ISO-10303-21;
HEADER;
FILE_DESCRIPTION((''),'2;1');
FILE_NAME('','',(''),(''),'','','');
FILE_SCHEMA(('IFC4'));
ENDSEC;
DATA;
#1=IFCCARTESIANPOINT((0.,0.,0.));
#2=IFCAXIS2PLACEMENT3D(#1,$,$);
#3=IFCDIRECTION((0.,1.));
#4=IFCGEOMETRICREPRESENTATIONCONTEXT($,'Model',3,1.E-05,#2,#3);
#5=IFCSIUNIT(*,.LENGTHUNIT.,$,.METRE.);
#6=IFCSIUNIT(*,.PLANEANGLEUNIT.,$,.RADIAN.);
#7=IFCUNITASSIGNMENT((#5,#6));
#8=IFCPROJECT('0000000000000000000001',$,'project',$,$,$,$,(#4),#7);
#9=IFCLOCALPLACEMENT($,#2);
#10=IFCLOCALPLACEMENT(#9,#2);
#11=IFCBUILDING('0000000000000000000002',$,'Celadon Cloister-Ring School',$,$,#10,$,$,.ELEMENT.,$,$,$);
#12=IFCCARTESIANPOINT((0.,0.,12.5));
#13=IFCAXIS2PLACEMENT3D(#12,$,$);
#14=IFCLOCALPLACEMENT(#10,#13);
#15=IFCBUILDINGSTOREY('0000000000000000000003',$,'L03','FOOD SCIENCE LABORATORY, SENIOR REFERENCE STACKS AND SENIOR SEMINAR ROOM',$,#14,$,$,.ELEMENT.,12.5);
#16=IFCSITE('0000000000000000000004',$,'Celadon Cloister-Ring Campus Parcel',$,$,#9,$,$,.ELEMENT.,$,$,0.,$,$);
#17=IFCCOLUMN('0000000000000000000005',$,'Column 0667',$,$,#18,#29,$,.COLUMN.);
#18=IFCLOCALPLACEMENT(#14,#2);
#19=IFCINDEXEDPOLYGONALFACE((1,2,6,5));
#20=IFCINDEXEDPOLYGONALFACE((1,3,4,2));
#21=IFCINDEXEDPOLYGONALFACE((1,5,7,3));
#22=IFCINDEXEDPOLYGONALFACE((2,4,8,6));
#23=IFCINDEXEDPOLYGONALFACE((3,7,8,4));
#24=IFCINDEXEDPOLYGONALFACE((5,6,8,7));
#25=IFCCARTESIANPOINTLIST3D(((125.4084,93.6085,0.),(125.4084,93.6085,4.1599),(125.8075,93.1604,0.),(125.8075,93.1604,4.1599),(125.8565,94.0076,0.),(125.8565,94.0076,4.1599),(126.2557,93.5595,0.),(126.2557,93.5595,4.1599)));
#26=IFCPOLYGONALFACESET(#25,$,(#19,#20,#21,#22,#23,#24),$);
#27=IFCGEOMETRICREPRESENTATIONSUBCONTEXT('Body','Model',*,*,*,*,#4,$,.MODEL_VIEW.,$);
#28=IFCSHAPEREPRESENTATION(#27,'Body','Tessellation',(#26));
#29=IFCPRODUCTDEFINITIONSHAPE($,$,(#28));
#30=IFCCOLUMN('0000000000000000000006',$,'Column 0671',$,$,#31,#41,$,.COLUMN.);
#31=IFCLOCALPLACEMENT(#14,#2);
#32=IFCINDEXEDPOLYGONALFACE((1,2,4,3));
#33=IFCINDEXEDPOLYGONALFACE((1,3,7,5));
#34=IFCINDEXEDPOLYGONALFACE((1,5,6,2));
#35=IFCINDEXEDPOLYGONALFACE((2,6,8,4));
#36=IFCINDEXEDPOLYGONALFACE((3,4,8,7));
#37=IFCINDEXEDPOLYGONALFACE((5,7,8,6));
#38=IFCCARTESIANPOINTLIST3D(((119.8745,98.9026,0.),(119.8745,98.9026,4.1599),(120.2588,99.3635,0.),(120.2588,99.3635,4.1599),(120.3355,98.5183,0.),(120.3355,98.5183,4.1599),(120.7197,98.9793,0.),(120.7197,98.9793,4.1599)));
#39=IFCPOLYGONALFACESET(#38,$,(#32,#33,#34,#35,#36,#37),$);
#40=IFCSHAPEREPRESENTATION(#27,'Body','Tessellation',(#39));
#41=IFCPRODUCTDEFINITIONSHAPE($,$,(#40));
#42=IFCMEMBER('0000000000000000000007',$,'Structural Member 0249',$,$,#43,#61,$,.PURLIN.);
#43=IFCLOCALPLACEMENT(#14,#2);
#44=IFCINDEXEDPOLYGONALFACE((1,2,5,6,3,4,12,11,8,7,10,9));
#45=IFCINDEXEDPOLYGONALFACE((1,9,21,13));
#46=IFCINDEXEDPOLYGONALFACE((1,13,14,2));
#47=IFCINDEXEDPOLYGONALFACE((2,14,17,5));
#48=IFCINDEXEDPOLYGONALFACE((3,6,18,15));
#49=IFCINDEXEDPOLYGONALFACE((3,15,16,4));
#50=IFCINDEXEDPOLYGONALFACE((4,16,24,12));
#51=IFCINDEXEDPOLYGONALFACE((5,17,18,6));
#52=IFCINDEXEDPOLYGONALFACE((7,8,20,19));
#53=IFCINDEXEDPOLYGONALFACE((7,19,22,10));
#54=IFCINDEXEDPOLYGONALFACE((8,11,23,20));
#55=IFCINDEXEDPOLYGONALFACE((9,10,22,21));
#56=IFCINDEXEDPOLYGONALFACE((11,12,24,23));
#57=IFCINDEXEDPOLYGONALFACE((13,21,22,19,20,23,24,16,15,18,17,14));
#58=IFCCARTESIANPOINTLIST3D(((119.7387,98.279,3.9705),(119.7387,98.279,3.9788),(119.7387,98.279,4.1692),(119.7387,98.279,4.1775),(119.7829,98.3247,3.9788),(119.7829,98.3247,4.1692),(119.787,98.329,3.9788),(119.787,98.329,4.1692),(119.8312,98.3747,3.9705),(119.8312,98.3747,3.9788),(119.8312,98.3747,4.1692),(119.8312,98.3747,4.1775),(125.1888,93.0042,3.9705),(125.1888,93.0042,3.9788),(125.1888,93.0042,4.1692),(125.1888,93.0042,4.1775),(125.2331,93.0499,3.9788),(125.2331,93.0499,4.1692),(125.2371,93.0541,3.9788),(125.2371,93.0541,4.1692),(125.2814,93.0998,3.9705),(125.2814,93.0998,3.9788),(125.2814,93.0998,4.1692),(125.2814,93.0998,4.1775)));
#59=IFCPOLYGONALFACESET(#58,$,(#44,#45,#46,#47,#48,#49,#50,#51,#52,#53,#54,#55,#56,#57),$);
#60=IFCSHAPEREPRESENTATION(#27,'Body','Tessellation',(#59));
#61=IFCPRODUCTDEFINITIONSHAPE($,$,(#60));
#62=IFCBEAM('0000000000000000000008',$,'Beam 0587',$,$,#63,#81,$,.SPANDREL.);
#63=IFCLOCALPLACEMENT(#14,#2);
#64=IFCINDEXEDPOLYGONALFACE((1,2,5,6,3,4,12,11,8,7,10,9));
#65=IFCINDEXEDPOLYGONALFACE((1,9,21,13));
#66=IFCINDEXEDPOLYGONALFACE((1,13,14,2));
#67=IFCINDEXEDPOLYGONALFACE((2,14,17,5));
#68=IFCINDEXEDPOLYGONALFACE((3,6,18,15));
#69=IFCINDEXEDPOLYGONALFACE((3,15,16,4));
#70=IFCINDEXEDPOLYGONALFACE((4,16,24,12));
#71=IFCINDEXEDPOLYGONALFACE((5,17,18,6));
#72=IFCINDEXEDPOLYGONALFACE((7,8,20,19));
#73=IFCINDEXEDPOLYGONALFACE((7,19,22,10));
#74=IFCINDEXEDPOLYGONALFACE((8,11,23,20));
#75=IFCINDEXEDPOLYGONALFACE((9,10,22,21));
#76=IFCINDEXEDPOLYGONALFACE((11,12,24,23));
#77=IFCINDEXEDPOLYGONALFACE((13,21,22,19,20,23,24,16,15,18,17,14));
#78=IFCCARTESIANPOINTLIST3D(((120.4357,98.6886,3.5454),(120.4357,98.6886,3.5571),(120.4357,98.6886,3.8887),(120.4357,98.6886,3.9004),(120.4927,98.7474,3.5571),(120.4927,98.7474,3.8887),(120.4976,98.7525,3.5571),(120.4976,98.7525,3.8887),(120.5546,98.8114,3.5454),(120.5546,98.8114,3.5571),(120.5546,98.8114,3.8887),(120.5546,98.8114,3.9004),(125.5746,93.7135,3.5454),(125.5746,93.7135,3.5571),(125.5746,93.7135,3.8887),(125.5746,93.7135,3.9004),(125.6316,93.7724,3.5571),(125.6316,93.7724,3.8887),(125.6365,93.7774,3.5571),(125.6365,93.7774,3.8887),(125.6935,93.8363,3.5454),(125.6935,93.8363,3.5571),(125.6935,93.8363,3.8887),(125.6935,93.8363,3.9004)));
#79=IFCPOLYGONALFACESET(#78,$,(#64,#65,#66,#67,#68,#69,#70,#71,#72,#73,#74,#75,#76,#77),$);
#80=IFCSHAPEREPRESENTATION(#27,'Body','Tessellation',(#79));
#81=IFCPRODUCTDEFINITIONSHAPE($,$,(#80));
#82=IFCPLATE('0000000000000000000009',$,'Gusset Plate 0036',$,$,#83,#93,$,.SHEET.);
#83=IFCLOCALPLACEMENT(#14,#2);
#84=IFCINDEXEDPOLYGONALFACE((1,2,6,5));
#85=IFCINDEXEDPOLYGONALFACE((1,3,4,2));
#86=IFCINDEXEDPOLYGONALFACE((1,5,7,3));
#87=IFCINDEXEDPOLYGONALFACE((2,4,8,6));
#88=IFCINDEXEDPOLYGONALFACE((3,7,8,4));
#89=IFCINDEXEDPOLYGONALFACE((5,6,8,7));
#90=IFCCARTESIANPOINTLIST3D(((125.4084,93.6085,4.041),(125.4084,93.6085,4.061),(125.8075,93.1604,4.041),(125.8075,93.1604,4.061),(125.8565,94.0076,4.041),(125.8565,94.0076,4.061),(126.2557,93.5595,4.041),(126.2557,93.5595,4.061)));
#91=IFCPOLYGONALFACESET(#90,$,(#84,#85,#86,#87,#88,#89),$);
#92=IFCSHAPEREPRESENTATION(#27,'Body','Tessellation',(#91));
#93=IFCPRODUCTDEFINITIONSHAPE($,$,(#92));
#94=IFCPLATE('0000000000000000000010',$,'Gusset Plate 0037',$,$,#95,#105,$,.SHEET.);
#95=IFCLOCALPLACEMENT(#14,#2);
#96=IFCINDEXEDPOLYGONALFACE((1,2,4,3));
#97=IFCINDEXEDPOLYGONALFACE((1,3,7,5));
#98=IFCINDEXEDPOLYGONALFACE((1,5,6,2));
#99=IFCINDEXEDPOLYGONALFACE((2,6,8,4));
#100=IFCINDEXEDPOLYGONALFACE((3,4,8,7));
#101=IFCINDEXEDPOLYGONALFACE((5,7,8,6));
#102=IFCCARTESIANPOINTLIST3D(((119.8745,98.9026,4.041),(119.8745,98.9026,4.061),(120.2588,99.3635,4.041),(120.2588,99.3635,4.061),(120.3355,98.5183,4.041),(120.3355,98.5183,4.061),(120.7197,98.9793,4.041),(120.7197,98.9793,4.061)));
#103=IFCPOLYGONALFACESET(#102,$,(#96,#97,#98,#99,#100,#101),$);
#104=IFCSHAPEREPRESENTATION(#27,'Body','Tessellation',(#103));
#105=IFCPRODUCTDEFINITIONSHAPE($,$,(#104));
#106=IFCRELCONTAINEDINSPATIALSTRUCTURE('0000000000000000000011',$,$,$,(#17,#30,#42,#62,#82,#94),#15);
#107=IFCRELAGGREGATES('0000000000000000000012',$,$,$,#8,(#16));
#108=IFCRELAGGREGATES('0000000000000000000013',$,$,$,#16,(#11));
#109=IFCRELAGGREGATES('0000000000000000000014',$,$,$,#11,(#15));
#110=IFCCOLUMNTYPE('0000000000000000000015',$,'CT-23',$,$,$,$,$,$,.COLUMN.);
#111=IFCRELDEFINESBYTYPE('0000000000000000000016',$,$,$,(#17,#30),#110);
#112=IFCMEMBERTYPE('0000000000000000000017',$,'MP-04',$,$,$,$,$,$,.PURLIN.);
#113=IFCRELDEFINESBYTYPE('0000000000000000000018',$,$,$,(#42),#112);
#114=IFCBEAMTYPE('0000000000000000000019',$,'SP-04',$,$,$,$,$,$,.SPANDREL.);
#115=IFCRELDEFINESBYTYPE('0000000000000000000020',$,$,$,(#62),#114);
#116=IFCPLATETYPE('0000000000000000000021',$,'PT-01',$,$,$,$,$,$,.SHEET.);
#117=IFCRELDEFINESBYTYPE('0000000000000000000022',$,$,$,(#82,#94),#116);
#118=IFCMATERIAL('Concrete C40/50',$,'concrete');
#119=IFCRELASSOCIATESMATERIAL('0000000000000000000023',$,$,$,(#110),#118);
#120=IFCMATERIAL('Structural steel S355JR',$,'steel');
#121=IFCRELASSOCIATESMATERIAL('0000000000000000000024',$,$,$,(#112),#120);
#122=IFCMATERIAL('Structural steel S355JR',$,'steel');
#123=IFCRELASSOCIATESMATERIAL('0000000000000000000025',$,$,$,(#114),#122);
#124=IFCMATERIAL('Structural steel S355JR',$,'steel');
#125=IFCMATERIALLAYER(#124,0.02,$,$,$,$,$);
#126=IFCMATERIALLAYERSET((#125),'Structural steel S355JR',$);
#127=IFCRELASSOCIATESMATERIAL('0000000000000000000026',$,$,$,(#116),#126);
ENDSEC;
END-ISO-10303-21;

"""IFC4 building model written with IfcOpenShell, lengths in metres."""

from ifc_helpers import new_model, si_unit, direction, frame, origin, origin_2d, place, context, subcontext, project, spatial, rectangle, i_section, extrude, material, layer, layer_set, material_profile, profile_set, type_object, element, save


model = new_model("IFC4")

# Units and contexts
model_context = context("Model", 3, precision=1e-05, world=origin(), true_north=direction((0.0, 1.0)))
body_context = subcontext(model_context, "Body", "Model", "MODEL_VIEW")
ifc_project = project(units=[si_unit("LENGTHUNIT", "METRE"), si_unit("PLANEANGLEUNIT", "RADIAN")], contexts=[model_context])

# Site, building, storey
site_placement = place(None, origin())
site = spatial("IfcSite", under=ifc_project, at=site_placement, Name="Celadon Cloister-Ring Campus Parcel", CompositionType="ELEMENT", RefElevation=0.0)
building_placement = place(site_placement, origin())
building = spatial("IfcBuilding", under=site, at=building_placement, Name="Celadon Cloister-Ring School", CompositionType="ELEMENT")
storey_placement = place(building_placement, frame((0.0, 0.0, 12.5)))
storey = spatial("IfcBuildingStorey", under=building, at=storey_placement, Name="L03", Description="FOOD SCIENCE LABORATORY, SENIOR REFERENCE STACKS AND SENIOR SEMINAR ROOM", CompositionType="ELEMENT", Elevation=12.5)

# Columns
ifc_material_1 = material(Name="Concrete C40/50", Category="concrete")
ifc_material_profile_1 = material_profile(ifc_material_1, rectangle(XDim=0.6001, YDim=0.6001, at=origin_2d()), Name="RC600X600")
ifc_profile_set_1 = profile_set([ifc_material_profile_1], Name="Concrete C40/50")
column_type = type_object("IfcColumnType", Name="CT-23", PredefinedType="COLUMN", material=ifc_profile_set_1)
for number, where, z_axis, x_axis, name in (
    (1, (125.832, 93.584, 0.0), (0.0, 0.0, 1.0), (0.746777, 0.665074, 0.0), "Column 0667"),
    (2, (120.2971, 98.9409, 0.0), (0.0, 0.0, 1.0), (0.640324, 0.768105, 0.0), "Column 0671"),
):
    element("IfcColumn", number, at=place(storey_placement, frame(where, z_axis=z_axis, x_axis=x_axis)), inside=storey, type_object=column_type, Name=name, PredefinedType="COLUMN", context=body_context, shape_type="SweptSolid", body=[
        extrude(rectangle(XDim=0.6001, YDim=0.6001, at=origin_2d()), origin(), (0.0, 0.0, 1.0), 4.1599),
    ])

# Member
ifc_material_2 = material(Name="Structural steel S355JR", Category="steel")
ifc_material_profile_2 = material_profile(ifc_material_2, i_section(OverallWidth=0.1331, OverallDepth=0.207, WebThickness=0.0059, FlangeThickness=0.0083, at=origin_2d()), Name="W200X27")
ifc_profile_set_2 = profile_set([ifc_material_profile_2], Name="Structural steel S355JR")
member_type = type_object("IfcMemberType", Name="MP-04", PredefinedType="PURLIN", material=ifc_profile_set_2)
member_placement = place(storey_placement, frame((125.2351, 93.052, 4.074), z_axis=(-0.718568, 0.695457, 0.0), x_axis=(-0.695457, -0.718568, 0.0)))
element("IfcMember", 3, at=member_placement, inside=storey, type_object=member_type, Name="Structural Member 0249", PredefinedType="PURLIN", context=body_context, shape_type="SweptSolid", body=[
    extrude(i_section(OverallWidth=0.1331, OverallDepth=0.207, WebThickness=0.0059, FlangeThickness=0.0083, at=origin_2d()), origin(), (0.0, 0.0, 1.0), 7.5847),
])

# Beam
ifc_material_3 = material(Name="Structural steel S355JR", Category="steel")
ifc_material_profile_3 = material_profile(ifc_material_3, i_section(OverallWidth=0.1709, OverallDepth=0.355, WebThickness=0.0071, FlangeThickness=0.0117, at=origin_2d()), Name="W360X51")
ifc_profile_set_3 = profile_set([ifc_material_profile_3], Name="Structural steel S355JR")
beam_type = type_object("IfcBeamType", Name="SP-04", PredefinedType="SPANDREL", material=ifc_profile_set_3)
beam_placement = place(storey_placement, frame((125.634, 93.7749, 3.7229), z_axis=(-0.718466, 0.695562, 0.0), x_axis=(-0.695562, -0.718466, 0.0)))
element("IfcBeam", 4, at=beam_placement, inside=storey, type_object=beam_type, Name="Beam 0587", PredefinedType="SPANDREL", context=body_context, shape_type="SweptSolid", body=[
    extrude(i_section(OverallWidth=0.1709, OverallDepth=0.355, WebThickness=0.0071, FlangeThickness=0.0117, at=origin_2d()), origin(), (0.0, 0.0, 1.0), 7.1526),
])

# Plates
ifc_material_4 = material(Name="Structural steel S355JR", Category="steel")
ifc_layer_1 = layer(ifc_material_4, 0.02)
ifc_layer_set_1 = layer_set([ifc_layer_1], Name="Structural steel S355JR")
plate_type = type_object("IfcPlateType", Name="PT-01", PredefinedType="SHEET", material=ifc_layer_set_1)
for number, where, z_axis, x_axis, name in (
    (5, (125.832, 93.584, 4.041), (0.0, 0.0, 1.0), (0.746777, 0.665074, 0.0), "Gusset Plate 0036"),
    (6, (120.2971, 98.9409, 4.041), (0.0, 0.0, 1.0), (0.640324, 0.768105, 0.0), "Gusset Plate 0037"),
):
    element("IfcPlate", number, at=place(storey_placement, frame(where, z_axis=z_axis, x_axis=x_axis)), inside=storey, type_object=plate_type, Name=name, PredefinedType="SHEET", context=body_context, shape_type="SweptSolid", body=[
        extrude(rectangle(XDim=0.6001, YDim=0.6001, at=origin_2d()), origin(), (0.0, 0.0, 1.0), 0.02),
    ])

save(model, "model.ifc")
